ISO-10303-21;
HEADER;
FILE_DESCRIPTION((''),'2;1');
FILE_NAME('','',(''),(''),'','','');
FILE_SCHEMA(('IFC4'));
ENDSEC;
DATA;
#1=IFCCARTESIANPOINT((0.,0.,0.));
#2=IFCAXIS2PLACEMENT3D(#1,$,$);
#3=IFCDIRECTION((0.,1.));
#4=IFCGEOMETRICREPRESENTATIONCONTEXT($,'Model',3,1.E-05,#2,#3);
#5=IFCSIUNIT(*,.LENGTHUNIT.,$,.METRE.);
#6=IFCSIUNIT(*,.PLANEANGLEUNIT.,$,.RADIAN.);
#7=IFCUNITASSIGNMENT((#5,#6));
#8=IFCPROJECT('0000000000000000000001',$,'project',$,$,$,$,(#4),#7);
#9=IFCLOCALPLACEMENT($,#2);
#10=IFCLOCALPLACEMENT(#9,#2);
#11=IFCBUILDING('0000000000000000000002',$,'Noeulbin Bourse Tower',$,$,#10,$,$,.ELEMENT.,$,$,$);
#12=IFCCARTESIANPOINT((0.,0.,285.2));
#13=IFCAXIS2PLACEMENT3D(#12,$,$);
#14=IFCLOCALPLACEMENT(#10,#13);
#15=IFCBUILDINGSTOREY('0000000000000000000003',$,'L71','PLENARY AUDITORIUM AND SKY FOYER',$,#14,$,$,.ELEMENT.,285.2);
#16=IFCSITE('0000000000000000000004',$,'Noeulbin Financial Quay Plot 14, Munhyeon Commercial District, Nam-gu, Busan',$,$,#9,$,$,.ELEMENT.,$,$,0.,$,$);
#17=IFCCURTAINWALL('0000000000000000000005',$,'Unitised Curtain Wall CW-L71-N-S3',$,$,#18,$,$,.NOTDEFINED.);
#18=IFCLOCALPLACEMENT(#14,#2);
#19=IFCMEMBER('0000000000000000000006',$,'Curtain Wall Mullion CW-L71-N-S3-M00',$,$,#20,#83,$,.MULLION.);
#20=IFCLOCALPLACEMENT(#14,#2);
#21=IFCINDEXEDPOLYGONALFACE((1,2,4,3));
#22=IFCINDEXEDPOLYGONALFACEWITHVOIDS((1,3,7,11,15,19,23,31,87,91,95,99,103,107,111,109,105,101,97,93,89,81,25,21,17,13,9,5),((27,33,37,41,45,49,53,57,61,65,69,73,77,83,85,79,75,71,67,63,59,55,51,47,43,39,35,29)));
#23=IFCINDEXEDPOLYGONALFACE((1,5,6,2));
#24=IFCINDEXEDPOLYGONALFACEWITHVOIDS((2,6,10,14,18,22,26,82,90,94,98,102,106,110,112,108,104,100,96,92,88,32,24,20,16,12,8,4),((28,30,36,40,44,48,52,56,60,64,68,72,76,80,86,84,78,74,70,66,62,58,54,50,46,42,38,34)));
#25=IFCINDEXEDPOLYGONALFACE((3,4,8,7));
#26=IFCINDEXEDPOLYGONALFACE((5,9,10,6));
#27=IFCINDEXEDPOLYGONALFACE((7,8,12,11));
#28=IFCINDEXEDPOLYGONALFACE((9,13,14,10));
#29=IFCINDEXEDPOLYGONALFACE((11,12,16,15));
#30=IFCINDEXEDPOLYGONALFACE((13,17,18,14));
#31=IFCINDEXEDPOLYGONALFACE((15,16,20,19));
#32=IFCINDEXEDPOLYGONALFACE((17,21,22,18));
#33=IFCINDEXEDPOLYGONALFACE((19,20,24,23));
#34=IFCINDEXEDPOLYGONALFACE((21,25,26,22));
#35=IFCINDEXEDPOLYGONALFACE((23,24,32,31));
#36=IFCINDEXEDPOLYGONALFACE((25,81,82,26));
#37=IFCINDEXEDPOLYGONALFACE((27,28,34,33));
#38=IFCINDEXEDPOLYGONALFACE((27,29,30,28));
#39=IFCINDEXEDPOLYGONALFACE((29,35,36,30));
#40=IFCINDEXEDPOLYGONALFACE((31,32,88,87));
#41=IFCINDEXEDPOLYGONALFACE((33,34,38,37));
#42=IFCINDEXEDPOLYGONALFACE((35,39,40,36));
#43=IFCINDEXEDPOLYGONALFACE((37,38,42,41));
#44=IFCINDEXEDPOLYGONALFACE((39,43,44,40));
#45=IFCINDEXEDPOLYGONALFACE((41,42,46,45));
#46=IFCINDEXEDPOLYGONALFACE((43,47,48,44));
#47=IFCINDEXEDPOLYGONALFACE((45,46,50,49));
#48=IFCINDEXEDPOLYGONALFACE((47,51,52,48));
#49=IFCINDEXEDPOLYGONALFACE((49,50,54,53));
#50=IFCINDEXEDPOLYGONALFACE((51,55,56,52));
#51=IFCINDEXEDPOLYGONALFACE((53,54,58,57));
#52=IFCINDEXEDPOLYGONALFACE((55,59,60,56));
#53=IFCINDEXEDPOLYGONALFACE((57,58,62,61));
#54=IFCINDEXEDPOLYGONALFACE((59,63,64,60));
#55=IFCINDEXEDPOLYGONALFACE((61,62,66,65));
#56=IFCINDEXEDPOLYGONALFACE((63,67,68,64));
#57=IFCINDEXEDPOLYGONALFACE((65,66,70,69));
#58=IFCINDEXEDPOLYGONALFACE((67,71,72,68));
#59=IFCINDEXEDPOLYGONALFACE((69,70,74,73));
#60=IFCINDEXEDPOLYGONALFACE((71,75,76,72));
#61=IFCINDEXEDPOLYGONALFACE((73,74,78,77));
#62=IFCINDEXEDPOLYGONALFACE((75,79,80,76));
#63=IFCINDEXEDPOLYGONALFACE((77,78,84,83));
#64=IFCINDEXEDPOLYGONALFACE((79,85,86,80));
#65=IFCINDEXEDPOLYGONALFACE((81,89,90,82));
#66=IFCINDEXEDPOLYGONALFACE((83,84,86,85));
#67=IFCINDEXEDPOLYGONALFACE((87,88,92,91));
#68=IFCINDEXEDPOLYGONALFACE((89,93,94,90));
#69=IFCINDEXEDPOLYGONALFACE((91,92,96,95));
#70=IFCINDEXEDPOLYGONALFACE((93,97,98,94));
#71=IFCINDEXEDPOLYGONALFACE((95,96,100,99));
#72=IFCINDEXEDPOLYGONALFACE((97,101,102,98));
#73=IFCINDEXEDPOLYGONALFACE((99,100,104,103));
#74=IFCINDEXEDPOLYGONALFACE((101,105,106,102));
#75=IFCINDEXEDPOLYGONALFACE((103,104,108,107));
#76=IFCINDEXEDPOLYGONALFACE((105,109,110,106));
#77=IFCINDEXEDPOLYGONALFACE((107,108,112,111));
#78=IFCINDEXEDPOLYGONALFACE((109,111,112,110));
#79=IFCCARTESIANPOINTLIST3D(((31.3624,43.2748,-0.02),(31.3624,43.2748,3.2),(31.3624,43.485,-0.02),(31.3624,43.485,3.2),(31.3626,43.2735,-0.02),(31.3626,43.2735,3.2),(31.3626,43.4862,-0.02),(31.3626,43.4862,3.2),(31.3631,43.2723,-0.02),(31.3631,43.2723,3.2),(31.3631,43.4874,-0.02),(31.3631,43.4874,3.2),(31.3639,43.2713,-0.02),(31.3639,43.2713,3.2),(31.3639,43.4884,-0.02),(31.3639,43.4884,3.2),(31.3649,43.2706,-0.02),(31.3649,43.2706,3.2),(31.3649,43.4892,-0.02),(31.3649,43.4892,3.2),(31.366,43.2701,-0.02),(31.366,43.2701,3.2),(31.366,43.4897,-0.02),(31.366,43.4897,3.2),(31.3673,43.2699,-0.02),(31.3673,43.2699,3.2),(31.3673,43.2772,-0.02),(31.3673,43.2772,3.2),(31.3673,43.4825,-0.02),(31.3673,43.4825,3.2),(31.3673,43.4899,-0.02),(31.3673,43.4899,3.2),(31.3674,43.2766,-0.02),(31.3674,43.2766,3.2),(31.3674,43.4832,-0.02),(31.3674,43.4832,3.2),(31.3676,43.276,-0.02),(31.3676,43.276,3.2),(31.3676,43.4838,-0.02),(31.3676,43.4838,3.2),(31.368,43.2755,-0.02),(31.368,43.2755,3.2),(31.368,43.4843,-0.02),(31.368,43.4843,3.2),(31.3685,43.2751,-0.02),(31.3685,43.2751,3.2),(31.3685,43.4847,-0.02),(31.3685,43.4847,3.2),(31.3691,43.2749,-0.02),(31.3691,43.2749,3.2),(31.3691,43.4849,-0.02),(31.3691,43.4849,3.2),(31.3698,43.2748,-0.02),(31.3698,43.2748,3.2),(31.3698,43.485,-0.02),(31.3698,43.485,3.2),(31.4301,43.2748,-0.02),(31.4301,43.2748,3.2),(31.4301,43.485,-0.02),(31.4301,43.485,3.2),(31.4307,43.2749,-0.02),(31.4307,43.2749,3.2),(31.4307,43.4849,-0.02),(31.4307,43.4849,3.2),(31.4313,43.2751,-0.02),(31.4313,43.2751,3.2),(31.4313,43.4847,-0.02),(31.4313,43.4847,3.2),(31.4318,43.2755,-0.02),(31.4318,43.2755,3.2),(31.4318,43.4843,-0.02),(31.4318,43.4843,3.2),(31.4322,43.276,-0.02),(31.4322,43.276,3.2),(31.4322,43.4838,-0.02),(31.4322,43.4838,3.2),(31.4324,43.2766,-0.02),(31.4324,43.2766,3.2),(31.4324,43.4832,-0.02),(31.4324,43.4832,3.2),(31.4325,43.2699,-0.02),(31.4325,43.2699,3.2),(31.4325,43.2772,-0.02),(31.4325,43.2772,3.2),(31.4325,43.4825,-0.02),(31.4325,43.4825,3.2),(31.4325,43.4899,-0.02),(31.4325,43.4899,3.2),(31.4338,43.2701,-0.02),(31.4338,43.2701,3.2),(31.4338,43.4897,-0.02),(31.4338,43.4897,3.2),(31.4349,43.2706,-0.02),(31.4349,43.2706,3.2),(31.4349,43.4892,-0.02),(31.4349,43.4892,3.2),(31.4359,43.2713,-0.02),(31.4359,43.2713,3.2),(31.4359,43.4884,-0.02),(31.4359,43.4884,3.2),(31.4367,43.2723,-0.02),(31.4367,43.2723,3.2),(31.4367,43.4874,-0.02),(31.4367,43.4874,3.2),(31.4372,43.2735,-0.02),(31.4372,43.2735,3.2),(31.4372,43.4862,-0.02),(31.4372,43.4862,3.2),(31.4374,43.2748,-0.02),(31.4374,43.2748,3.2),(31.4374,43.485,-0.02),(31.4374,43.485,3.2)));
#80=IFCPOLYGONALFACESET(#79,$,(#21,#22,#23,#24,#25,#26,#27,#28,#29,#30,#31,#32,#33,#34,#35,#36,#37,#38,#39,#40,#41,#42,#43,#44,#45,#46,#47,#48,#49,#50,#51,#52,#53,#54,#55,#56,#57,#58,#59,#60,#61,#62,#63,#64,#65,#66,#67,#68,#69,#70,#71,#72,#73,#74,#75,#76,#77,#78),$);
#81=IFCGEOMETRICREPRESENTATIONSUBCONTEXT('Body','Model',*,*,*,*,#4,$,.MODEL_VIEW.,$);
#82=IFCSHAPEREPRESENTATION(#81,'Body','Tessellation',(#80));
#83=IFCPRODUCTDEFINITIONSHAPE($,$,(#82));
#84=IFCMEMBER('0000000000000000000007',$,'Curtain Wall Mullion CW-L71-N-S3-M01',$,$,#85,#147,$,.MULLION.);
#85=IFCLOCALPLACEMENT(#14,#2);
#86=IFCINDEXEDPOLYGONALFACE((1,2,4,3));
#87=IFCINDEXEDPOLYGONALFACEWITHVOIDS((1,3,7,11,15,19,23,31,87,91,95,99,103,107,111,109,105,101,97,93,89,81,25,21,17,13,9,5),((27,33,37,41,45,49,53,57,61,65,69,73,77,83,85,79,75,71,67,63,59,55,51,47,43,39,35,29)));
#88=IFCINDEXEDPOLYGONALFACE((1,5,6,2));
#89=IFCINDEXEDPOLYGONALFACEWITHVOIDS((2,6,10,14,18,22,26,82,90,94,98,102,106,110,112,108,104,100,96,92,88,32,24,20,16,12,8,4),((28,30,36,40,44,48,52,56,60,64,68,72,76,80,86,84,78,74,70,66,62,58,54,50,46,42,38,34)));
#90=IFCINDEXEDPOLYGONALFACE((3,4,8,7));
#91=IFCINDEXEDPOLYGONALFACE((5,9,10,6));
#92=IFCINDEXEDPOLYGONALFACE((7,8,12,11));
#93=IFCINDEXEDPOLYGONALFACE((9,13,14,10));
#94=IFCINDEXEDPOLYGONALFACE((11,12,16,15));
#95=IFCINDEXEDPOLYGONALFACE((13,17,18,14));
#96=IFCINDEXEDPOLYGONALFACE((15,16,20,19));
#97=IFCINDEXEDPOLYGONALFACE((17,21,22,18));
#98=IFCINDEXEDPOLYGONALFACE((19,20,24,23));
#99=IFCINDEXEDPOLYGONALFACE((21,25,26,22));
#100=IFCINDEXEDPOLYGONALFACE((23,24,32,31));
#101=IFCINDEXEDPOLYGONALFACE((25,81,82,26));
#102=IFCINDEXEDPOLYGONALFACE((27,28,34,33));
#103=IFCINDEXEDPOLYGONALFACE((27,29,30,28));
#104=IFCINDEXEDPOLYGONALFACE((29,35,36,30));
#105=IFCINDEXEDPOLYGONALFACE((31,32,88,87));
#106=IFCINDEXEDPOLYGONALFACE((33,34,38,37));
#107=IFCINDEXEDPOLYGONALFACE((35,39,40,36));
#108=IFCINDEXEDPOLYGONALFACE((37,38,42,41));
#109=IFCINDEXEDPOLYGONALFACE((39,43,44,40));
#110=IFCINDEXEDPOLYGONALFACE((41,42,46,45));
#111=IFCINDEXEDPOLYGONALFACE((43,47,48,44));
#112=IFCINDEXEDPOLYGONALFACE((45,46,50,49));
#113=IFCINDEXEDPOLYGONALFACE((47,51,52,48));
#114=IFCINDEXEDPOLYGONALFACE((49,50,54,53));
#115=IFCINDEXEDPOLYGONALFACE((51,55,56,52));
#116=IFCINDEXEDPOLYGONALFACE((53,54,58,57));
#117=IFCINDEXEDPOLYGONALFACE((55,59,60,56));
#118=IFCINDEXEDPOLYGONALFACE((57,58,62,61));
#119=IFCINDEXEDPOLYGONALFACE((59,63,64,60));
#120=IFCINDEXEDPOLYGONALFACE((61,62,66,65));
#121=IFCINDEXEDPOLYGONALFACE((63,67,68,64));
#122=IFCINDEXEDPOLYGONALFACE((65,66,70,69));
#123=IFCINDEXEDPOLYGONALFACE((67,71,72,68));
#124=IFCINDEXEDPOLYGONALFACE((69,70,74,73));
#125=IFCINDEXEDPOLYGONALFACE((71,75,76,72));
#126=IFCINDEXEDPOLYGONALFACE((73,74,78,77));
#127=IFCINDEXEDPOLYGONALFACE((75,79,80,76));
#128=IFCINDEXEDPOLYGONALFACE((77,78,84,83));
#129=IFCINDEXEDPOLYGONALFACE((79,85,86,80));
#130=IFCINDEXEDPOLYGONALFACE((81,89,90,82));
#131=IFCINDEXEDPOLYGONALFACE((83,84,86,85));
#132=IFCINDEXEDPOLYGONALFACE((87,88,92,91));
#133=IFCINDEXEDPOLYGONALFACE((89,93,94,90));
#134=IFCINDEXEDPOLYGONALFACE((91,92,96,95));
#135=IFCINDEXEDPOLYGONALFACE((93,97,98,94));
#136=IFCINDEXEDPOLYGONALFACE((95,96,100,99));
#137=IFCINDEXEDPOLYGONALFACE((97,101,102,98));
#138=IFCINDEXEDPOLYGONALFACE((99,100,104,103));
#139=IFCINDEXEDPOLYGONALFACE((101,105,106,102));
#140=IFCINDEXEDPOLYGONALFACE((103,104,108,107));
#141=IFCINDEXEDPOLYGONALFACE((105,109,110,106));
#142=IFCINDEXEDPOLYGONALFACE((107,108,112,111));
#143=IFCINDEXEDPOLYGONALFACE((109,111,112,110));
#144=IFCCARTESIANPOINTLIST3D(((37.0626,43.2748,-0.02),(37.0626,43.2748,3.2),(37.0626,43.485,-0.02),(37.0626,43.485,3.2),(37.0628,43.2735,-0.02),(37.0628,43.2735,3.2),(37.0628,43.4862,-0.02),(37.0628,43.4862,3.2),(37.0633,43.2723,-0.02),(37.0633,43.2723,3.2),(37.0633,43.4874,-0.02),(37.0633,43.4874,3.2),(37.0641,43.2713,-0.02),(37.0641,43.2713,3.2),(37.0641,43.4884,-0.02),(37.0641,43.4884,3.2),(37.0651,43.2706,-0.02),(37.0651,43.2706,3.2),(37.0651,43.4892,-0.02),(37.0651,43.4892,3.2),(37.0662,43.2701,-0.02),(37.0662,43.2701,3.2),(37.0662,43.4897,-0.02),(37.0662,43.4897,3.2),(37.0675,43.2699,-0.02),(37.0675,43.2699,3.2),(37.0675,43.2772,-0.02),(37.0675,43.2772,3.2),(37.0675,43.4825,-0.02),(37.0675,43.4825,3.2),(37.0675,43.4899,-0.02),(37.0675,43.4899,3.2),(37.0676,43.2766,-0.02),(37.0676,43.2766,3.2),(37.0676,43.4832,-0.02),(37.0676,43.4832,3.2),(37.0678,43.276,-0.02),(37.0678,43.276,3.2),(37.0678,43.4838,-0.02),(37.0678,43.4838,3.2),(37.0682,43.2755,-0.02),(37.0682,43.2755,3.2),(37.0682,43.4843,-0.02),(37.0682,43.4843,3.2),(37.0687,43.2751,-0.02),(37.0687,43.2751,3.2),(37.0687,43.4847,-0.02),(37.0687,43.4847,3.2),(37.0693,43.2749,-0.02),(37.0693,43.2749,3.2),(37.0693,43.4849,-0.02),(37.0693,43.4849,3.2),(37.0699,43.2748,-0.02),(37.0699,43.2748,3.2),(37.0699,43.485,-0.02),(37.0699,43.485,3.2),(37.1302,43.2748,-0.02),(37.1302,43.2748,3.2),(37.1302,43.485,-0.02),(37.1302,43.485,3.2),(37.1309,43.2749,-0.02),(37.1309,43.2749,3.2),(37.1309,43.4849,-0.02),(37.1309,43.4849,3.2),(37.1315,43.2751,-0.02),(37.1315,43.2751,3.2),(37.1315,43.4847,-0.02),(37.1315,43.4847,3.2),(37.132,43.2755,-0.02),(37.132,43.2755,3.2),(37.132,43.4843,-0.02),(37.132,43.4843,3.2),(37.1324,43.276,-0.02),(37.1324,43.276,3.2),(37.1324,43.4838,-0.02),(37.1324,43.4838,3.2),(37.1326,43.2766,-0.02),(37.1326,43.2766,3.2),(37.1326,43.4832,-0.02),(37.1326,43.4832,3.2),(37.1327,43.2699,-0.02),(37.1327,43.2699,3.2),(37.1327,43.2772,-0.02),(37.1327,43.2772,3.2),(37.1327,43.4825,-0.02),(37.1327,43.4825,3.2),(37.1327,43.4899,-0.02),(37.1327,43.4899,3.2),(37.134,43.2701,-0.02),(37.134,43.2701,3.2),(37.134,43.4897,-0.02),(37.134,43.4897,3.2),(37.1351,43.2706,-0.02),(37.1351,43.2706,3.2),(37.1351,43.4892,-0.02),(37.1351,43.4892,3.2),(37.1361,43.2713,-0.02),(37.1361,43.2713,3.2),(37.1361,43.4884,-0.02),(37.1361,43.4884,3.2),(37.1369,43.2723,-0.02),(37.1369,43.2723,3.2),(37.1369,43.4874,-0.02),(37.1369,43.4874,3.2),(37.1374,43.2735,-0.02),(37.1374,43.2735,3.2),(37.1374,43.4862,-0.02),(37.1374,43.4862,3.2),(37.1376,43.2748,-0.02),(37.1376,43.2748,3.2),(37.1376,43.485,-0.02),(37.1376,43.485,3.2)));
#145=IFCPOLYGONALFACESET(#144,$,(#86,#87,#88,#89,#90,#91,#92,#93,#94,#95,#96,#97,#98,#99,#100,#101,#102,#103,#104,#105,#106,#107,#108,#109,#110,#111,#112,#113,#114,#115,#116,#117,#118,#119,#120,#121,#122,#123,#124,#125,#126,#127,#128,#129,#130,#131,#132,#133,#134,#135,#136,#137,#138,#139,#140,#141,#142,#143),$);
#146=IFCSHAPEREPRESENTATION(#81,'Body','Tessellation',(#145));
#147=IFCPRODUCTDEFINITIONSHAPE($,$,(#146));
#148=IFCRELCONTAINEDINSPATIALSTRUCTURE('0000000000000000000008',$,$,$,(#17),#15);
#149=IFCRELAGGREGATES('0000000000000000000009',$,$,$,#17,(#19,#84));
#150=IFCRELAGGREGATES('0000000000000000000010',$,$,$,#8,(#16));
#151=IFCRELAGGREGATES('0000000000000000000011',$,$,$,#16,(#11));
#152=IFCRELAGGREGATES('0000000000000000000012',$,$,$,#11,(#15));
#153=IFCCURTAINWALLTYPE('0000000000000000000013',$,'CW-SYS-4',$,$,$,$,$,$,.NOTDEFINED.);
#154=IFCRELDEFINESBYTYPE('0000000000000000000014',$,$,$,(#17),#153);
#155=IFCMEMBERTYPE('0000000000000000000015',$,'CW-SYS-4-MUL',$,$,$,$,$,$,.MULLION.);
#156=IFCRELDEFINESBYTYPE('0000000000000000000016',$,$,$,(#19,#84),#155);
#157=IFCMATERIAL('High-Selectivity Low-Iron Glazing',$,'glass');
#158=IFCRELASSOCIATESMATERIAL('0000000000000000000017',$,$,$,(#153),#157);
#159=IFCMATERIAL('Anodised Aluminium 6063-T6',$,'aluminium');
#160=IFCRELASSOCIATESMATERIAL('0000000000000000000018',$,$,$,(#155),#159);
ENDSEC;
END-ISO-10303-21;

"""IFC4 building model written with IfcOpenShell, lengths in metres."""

from ifc_helpers import new_model, si_unit, direction, frame, origin, origin_2d, place, context, subcontext, project, spatial, hollow_rectangle, extrude, material, material_profile, profile_set, type_object, element, aggregate, save


model = new_model("IFC4")

# Units and contexts
model_context = context("Model", 3, precision=1e-05, world=origin(), true_north=direction((0.0, 1.0)))
body_context = subcontext(model_context, "Body", "Model", "MODEL_VIEW")
ifc_project = project(units=[si_unit("LENGTHUNIT", "METRE"), si_unit("PLANEANGLEUNIT", "RADIAN")], contexts=[model_context])

# Site, building, storey
site_placement = place(None, origin())
site = spatial("IfcSite", under=ifc_project, at=site_placement, Name="Noeulbin Financial Quay Plot 14, Munhyeon Commercial District, Nam-gu, Busan", CompositionType="ELEMENT", RefElevation=0.0)
building_placement = place(site_placement, origin())
building = spatial("IfcBuilding", under=site, at=building_placement, Name="Noeulbin Bourse Tower", CompositionType="ELEMENT")
storey_placement = place(building_placement, frame((0.0, 0.0, 285.2)))
storey = spatial("IfcBuildingStorey", under=building, at=storey_placement, Name="L71", Description="PLENARY AUDITORIUM AND SKY FOYER", CompositionType="ELEMENT", Elevation=285.2)

# Curtain wall, members
ifc_material_1 = material(Name="High-Selectivity Low-Iron Glazing", Category="glass")
curtain_wall_type = type_object("IfcCurtainWallType", Name="CW-SYS-4", PredefinedType="NOTDEFINED", material=ifc_material_1)
curtain_wall_1_placement = place(storey_placement, origin())
curtain_wall_1 = element("IfcCurtainWall", 1, at=curtain_wall_1_placement, inside=storey, type_object=curtain_wall_type, Name="Unitised Curtain Wall CW-L71-N-S3", PredefinedType="NOTDEFINED")
ifc_material_2 = material(Name="Anodised Aluminium 6063-T6", Category="aluminium")
ifc_material_profile_1 = material_profile(ifc_material_2, hollow_rectangle(XDim=0.075, YDim=0.22, WallThickness=0.0049, InnerFilletRadius=0.0024, OuterFilletRadius=0.0049, at=origin_2d()), Name="ALU-MULL-75x220x5", Category="LoadBearing")
ifc_profile_set_1 = profile_set([ifc_material_profile_1], Name="Anodised Aluminium 6063-T6")
member_type_1 = type_object("IfcMemberType", Name="CW-SYS-4-MUL", PredefinedType="MULLION", material=ifc_profile_set_1)
member_1_placement = place(storey_placement, frame((31.3999, 43.3799, -0.02), z_axis=(0.0, 0.0, 1.0), x_axis=(1.0, 0.0, 0.0)))
member_1 = element("IfcMember", 2, at=member_1_placement, type_object=member_type_1, Name="Curtain Wall Mullion CW-L71-N-S3-M00", PredefinedType="MULLION", context=body_context, shape_type="SweptSolid", body=[
    extrude(hollow_rectangle(XDim=0.075, YDim=0.22, WallThickness=0.0049, InnerFilletRadius=0.0024, OuterFilletRadius=0.0049, at=origin_2d()), origin(), (0.0, 0.0, 1.0), 3.22),
])
member_2_placement = place(storey_placement, frame((37.1001, 43.3799, -0.02), z_axis=(0.0, 0.0, 1.0), x_axis=(1.0, 0.0, 0.0)))
member_2 = element("IfcMember", 3, at=member_2_placement, type_object=member_type_1, Name="Curtain Wall Mullion CW-L71-N-S3-M01", PredefinedType="MULLION", context=body_context, shape_type="SweptSolid", body=[
    extrude(hollow_rectangle(XDim=0.075, YDim=0.22, WallThickness=0.0049, InnerFilletRadius=0.0024, OuterFilletRadius=0.0049, at=origin_2d()), origin(), (0.0, 0.0, 1.0), 3.22),
])

aggregate(curtain_wall_1, [member_1, member_2])

save(model, "model.ifc")
